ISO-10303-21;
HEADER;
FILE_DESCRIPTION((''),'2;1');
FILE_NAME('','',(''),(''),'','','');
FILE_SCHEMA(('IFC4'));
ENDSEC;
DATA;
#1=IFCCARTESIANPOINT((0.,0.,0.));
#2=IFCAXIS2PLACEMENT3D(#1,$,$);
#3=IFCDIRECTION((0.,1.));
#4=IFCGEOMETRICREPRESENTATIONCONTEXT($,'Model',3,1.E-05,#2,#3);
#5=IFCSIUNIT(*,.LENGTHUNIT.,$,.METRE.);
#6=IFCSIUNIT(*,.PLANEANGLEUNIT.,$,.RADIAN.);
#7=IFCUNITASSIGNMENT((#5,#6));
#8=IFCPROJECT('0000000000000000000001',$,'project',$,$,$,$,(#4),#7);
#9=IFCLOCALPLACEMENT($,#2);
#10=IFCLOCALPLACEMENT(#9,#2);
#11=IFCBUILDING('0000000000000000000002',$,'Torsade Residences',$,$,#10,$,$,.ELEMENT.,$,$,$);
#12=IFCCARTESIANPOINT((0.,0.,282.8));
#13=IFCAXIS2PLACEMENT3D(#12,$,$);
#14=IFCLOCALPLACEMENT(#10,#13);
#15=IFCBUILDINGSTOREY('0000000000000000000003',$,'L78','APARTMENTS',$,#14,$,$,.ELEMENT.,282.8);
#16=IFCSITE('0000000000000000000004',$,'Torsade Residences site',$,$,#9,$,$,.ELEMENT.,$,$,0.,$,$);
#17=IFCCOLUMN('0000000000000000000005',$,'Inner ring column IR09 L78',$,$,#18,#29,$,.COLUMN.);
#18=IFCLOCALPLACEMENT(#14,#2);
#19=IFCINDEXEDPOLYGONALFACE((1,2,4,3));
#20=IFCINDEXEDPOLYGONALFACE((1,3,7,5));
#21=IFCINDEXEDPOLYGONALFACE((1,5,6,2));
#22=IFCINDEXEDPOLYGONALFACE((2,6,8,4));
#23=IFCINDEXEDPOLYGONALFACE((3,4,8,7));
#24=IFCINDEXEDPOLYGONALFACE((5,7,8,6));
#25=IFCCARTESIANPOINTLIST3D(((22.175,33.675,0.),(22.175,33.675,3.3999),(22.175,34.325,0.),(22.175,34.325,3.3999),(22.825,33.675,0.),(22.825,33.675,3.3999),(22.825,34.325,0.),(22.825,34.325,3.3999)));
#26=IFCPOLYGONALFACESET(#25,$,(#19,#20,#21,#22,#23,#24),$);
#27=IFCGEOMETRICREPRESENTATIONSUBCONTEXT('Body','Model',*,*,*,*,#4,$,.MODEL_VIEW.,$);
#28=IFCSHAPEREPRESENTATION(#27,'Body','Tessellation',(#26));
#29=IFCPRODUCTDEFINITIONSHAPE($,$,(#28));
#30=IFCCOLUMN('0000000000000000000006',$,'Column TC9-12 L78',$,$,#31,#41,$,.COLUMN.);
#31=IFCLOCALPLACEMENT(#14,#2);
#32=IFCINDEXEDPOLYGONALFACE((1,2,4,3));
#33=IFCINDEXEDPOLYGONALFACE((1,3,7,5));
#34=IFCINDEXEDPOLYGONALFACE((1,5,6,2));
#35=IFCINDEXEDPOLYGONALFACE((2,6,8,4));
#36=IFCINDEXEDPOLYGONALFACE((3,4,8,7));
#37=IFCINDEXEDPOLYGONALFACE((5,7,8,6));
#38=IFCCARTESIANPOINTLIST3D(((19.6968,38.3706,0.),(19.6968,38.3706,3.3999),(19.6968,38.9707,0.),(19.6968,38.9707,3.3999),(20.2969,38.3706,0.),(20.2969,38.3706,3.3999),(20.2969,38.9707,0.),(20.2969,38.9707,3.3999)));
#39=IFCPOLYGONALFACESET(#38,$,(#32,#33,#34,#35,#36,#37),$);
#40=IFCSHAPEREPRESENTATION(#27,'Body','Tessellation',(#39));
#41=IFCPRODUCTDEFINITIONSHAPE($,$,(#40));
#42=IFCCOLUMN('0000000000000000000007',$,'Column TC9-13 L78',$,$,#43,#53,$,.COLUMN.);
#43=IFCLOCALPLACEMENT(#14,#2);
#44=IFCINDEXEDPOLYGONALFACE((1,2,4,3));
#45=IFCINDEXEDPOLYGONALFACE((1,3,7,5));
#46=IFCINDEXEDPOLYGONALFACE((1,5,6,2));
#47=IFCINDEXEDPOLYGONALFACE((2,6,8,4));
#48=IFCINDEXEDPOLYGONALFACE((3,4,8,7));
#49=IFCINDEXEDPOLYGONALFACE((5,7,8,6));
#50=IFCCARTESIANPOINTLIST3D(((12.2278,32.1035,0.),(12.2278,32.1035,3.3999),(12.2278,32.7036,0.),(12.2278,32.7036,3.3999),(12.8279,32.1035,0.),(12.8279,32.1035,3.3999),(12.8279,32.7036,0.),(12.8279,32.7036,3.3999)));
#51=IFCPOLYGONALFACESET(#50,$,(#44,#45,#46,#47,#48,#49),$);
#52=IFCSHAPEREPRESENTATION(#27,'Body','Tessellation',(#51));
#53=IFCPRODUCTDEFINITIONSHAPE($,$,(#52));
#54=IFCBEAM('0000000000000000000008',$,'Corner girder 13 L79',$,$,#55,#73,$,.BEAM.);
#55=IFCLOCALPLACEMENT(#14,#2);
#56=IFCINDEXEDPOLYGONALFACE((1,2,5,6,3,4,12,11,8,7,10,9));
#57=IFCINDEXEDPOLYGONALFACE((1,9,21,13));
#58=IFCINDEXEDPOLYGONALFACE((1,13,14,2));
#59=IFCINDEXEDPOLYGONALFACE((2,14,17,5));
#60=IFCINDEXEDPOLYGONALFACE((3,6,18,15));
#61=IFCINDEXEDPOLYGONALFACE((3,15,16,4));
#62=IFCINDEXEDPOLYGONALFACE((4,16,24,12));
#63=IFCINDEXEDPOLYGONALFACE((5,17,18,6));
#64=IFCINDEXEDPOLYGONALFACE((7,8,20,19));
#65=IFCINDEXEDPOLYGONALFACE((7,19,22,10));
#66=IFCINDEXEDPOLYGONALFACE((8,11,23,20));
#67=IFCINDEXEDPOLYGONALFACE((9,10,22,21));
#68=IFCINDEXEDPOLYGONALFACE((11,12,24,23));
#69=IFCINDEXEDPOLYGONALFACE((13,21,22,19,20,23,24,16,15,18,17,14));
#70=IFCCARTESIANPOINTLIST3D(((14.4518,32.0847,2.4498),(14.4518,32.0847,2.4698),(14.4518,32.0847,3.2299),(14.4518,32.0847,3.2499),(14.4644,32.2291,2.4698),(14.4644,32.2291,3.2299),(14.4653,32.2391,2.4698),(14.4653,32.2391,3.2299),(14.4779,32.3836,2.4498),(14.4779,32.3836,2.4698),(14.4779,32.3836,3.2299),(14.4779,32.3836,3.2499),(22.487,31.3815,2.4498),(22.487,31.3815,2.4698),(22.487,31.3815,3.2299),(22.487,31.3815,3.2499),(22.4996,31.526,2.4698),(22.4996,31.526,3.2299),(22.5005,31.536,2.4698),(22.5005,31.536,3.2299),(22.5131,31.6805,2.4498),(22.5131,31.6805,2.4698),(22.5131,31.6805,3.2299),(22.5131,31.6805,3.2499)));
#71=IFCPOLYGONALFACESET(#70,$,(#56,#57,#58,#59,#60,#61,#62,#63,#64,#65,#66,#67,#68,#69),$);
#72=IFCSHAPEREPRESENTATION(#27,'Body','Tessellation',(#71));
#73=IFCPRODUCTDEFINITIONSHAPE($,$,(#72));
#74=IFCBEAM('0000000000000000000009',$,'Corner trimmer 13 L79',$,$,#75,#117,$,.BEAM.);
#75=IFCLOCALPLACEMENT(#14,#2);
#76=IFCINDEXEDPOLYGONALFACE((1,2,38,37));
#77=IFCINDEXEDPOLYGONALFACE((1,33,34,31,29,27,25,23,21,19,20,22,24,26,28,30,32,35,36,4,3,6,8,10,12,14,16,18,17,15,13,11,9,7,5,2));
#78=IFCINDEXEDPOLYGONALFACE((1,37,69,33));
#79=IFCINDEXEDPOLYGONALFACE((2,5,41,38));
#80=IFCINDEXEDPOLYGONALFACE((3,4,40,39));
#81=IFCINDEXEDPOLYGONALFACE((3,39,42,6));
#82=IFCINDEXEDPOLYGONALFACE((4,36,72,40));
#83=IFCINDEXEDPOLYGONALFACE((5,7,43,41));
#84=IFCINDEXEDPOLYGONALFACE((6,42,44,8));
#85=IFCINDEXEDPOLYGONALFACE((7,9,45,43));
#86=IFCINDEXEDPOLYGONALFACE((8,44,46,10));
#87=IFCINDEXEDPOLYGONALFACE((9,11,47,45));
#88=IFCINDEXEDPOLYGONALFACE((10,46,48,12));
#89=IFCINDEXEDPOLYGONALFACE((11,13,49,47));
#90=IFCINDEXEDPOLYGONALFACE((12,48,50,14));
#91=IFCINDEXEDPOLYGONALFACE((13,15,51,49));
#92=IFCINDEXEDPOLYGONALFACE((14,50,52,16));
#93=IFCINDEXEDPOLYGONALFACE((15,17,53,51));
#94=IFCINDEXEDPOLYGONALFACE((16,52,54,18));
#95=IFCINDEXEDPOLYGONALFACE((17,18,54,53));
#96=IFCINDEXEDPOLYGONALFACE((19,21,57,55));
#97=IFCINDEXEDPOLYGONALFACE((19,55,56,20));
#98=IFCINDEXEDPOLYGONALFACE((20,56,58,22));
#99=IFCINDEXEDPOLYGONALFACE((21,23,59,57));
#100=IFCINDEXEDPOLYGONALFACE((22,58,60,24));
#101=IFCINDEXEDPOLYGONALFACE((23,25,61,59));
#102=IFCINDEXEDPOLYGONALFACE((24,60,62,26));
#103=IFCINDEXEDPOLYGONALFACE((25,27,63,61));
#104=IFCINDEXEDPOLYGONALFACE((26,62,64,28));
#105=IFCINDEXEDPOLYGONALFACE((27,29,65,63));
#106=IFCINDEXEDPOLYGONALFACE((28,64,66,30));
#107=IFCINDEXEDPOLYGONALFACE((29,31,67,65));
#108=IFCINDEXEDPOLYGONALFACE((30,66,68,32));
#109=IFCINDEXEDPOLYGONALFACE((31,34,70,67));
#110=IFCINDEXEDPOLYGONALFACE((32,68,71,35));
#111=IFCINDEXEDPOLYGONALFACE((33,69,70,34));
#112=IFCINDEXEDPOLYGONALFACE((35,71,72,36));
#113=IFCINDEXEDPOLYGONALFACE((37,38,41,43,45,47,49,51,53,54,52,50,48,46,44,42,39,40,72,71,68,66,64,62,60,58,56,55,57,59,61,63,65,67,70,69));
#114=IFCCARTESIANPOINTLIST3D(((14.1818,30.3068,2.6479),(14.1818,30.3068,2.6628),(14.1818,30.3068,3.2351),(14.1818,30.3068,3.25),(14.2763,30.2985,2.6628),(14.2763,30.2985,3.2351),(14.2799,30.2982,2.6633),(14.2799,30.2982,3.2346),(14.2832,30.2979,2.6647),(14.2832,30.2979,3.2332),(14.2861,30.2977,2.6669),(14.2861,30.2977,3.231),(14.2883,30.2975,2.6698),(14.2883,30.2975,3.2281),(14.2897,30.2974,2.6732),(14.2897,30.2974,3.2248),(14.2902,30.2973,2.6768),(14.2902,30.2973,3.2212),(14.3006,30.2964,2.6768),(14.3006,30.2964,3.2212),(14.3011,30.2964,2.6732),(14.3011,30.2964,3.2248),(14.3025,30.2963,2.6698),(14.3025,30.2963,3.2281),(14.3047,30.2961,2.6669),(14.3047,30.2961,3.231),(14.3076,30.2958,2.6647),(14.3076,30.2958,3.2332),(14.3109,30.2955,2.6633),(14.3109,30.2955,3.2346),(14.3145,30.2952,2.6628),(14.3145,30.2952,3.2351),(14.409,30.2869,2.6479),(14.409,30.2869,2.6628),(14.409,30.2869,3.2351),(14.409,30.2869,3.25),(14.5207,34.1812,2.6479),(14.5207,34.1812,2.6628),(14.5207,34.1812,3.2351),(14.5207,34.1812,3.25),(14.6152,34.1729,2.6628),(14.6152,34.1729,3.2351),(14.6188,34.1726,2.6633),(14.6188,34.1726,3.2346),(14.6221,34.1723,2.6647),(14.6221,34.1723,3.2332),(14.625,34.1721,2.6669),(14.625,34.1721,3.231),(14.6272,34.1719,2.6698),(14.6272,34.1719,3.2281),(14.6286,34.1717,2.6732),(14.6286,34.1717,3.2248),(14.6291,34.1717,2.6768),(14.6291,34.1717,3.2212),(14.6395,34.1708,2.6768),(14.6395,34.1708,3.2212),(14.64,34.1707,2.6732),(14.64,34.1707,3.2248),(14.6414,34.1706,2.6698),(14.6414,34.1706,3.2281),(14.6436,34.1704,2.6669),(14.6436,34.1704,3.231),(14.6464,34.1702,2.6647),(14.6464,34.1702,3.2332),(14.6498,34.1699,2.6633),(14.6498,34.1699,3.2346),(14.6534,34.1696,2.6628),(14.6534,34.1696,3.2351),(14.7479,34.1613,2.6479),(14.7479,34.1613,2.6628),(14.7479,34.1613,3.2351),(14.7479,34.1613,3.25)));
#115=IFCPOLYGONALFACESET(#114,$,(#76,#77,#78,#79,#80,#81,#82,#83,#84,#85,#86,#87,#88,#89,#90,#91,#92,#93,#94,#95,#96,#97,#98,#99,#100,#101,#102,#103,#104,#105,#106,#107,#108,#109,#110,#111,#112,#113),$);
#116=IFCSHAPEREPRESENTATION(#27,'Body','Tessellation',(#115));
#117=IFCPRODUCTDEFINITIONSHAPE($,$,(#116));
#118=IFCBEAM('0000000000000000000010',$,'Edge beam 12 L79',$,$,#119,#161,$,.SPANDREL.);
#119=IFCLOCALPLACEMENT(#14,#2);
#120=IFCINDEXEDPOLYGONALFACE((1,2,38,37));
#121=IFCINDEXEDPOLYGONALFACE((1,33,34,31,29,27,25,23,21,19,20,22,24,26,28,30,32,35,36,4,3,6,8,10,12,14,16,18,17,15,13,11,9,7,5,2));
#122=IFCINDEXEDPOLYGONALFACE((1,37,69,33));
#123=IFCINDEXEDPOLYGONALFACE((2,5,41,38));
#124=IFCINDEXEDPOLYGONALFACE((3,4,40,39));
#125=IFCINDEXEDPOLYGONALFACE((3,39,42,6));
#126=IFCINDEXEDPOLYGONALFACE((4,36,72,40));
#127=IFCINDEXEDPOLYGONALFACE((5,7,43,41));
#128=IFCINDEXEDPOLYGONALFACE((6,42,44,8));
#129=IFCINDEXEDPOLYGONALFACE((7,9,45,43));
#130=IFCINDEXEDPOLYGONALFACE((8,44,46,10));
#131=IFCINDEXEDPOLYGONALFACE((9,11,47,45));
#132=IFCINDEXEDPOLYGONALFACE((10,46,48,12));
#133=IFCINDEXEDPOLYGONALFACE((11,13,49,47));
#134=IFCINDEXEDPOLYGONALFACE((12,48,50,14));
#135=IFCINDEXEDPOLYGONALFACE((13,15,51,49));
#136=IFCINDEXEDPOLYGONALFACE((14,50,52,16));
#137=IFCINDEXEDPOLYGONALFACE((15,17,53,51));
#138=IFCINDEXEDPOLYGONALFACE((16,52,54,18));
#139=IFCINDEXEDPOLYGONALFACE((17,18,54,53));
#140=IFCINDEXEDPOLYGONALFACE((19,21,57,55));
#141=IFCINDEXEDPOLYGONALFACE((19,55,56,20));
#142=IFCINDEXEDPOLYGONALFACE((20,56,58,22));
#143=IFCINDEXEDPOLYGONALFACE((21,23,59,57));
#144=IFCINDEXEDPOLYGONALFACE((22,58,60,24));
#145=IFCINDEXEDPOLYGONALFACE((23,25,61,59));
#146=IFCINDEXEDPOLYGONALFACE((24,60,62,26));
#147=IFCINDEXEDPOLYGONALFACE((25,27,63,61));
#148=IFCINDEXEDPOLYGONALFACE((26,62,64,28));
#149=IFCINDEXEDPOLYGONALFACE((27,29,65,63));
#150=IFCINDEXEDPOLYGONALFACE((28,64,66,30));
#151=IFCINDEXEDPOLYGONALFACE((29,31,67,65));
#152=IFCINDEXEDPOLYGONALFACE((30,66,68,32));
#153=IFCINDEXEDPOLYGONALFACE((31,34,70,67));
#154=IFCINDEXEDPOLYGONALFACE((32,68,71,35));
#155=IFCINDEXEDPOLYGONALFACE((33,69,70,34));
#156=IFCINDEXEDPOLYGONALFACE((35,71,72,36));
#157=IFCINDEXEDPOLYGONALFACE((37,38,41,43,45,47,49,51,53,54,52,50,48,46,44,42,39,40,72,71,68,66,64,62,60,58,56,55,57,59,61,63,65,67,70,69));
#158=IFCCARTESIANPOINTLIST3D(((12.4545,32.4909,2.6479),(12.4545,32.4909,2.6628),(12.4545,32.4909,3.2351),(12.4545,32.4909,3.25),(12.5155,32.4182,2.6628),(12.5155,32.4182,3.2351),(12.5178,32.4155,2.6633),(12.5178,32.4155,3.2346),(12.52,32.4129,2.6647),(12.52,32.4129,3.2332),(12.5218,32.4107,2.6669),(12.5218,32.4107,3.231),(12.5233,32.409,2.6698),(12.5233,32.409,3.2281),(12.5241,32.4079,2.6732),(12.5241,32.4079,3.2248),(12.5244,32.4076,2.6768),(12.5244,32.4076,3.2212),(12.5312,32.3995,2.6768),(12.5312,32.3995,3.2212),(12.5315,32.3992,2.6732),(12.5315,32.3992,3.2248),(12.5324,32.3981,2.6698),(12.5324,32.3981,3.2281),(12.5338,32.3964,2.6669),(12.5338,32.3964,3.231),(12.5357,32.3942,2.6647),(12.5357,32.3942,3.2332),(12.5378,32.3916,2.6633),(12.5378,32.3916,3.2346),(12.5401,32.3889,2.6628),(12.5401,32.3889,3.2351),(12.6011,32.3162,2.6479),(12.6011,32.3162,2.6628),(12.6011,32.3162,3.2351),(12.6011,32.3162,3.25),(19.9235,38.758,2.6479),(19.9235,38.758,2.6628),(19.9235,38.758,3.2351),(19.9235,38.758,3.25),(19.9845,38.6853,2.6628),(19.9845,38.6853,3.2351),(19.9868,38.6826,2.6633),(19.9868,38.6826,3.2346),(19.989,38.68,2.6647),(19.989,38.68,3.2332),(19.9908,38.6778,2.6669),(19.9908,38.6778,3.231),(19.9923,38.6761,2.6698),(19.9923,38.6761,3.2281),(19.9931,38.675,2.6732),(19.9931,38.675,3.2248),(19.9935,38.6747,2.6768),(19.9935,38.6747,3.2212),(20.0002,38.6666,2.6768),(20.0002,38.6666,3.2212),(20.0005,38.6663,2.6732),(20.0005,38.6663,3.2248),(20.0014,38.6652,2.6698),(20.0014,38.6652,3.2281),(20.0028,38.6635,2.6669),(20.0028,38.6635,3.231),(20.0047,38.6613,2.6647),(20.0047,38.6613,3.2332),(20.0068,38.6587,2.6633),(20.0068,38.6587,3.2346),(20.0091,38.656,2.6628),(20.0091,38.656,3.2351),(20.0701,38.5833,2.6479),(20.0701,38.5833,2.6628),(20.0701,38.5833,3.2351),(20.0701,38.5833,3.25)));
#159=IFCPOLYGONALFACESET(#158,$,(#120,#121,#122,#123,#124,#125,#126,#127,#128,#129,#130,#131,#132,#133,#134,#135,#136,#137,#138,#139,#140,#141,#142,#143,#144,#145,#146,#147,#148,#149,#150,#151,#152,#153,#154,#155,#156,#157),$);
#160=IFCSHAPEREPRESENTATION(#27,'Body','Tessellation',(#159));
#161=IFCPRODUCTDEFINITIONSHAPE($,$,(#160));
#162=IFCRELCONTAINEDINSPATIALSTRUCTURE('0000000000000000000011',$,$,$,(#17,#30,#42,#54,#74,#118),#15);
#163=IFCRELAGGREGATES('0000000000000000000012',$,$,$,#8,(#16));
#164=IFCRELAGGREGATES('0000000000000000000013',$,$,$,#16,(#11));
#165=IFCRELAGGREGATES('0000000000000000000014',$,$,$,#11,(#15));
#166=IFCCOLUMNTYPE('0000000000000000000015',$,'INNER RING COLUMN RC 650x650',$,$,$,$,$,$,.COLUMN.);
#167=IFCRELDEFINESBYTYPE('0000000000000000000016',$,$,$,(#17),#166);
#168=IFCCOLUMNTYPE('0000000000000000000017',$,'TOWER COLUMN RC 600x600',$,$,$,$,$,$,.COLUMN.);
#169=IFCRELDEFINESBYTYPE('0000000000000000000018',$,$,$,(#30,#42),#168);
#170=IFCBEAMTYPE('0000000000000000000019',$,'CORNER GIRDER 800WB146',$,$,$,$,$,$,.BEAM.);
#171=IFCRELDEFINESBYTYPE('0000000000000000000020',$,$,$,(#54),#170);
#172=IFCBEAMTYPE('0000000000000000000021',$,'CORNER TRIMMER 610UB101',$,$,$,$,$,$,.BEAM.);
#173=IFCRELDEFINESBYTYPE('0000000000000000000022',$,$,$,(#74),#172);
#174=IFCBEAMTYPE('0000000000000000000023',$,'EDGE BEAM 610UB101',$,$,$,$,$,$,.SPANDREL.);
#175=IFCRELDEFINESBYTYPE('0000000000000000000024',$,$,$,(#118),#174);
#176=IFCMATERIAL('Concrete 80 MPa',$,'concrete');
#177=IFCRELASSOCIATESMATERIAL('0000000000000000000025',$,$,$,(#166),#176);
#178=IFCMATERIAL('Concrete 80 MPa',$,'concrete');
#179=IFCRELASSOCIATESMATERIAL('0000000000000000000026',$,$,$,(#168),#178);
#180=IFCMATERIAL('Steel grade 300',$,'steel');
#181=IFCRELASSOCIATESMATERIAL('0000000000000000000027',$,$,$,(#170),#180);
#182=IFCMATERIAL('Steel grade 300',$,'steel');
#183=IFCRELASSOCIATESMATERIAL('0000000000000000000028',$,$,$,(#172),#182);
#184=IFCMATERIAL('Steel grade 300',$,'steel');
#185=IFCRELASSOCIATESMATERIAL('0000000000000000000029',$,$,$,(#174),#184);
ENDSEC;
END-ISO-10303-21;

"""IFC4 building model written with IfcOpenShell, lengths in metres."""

from ifc_helpers import new_model, si_unit, direction, frame, origin, origin_2d, place, context, subcontext, project, spatial, rectangle, i_section, extrude, material, material_profile, profile_set, type_object, element, save


model = new_model("IFC4")

# Units and contexts
model_context = context("Model", 3, precision=1e-05, world=origin(), true_north=direction((0.0, 1.0)))
body_context = subcontext(model_context, "Body", "Model", "MODEL_VIEW")
ifc_project = project(units=[si_unit("LENGTHUNIT", "METRE"), si_unit("PLANEANGLEUNIT", "RADIAN")], contexts=[model_context])

# Site, building, storey
site_placement = place(None, origin())
site = spatial("IfcSite", under=ifc_project, at=site_placement, Name="Torsade Residences site", CompositionType="ELEMENT", RefElevation=0.0)
building_placement = place(site_placement, origin())
building = spatial("IfcBuilding", under=site, at=building_placement, Name="Torsade Residences", CompositionType="ELEMENT")
storey_placement = place(building_placement, frame((0.0, 0.0, 282.8)))
storey = spatial("IfcBuildingStorey", under=building, at=storey_placement, Name="L78", Description="APARTMENTS", CompositionType="ELEMENT", Elevation=282.8)

# Columns
ifc_material_1 = material(Name="Concrete 80 MPa", Category="concrete")
ifc_material_profile_1 = material_profile(ifc_material_1, rectangle(XDim=0.6499, YDim=0.6499, at=origin_2d()), Name="RC 650x650")
ifc_profile_set_1 = profile_set([ifc_material_profile_1], Name="Concrete 80 MPa")
column_type_1 = type_object("IfcColumnType", Name="INNER RING COLUMN RC 650x650", PredefinedType="COLUMN", material=ifc_profile_set_1)
column_placement = place(storey_placement, frame((22.5, 34.0, 0.0), z_axis=(0.0, 0.0, 1.0), x_axis=(1.0, 0.0, 0.0)))
element("IfcColumn", 1, at=column_placement, inside=storey, type_object=column_type_1, Name="Inner ring column IR09 L78", PredefinedType="COLUMN", context=body_context, shape_type="SweptSolid", body=[
    extrude(rectangle(XDim=0.6499, YDim=0.6499, at=origin_2d()), origin(), (0.0, 0.0, 1.0), 3.3999),
])
ifc_material_2 = material(Name="Concrete 80 MPa", Category="concrete")
ifc_material_profile_2 = material_profile(ifc_material_2, rectangle(XDim=0.6001, YDim=0.6001, at=origin_2d()), Name="RC 600x600")
ifc_profile_set_2 = profile_set([ifc_material_profile_2], Name="Concrete 80 MPa")
column_type_2 = type_object("IfcColumnType", Name="TOWER COLUMN RC 600x600", PredefinedType="COLUMN", material=ifc_profile_set_2)
for number, where, z_axis, x_axis, name in (
    (2, (19.9968, 38.6707, 0.0), (0.0, 0.0, 1.0), (1.0, 0.0, 0.0), "Column TC9-12 L78"),
    (3, (12.5278, 32.4036, 0.0), (0.0, 0.0, 1.0), (1.0, 0.0, 0.0), "Column TC9-13 L78"),
):
    element("IfcColumn", number, at=place(storey_placement, frame(where, z_axis=z_axis, x_axis=x_axis)), inside=storey, type_object=column_type_2, Name=name, PredefinedType="COLUMN", context=body_context, shape_type="SweptSolid", body=[
        extrude(rectangle(XDim=0.6001, YDim=0.6001, at=origin_2d()), origin(), (0.0, 0.0, 1.0), 3.3999),
    ])

# Beams
ifc_material_3 = material(Name="Steel grade 300", Category="steel")
ifc_material_profile_3 = material_profile(ifc_material_3, i_section(OverallWidth=0.3, OverallDepth=0.8, WebThickness=0.01, FlangeThickness=0.02, at=origin_2d()), Name="800WB146")
ifc_profile_set_3 = profile_set([ifc_material_profile_3], Name="Steel grade 300")
beam_type_1 = type_object("IfcBeamType", Name="CORNER GIRDER 800WB146", PredefinedType="BEAM", material=ifc_profile_set_3)
beam_1_placement = place(storey_placement, frame((14.4648, 32.2341, 2.8499), z_axis=(0.996193, -0.087173, 0.0), x_axis=(0.087173, 0.996193, 0.0)))
element("IfcBeam", 4, at=beam_1_placement, inside=storey, type_object=beam_type_1, Name="Corner girder 13 L79", PredefinedType="BEAM", context=body_context, shape_type="SweptSolid", body=[
    extrude(i_section(OverallWidth=0.3, OverallDepth=0.8, WebThickness=0.01, FlangeThickness=0.02, at=origin_2d()), origin(), (0.0, 0.0, 1.0), 8.0659),
])
ifc_material_4 = material(Name="Steel grade 300", Category="steel")
ifc_material_profile_4 = material_profile(ifc_material_4, i_section(OverallWidth=0.228, OverallDepth=0.6021, WebThickness=0.0105, FlangeThickness=0.0149, FilletRadius=0.0139, at=origin_2d()), Name="610UB101")
ifc_profile_set_4 = profile_set([ifc_material_profile_4], Name="Steel grade 300")
beam_type_2 = type_object("IfcBeamType", Name="CORNER TRIMMER 610UB101", PredefinedType="BEAM", material=ifc_profile_set_4)
beam_2_placement = place(storey_placement, frame((14.2954, 30.2969, 2.949), z_axis=(0.087133, 0.996197, 0.0), x_axis=(-0.996197, 0.087133, 0.0)))
element("IfcBeam", 5, at=beam_2_placement, inside=storey, type_object=beam_type_2, Name="Corner trimmer 13 L79", PredefinedType="BEAM", context=body_context, shape_type="SweptSolid", body=[
    extrude(i_section(OverallWidth=0.228, OverallDepth=0.6021, WebThickness=0.0105, FlangeThickness=0.0149, FilletRadius=0.0139, at=origin_2d()), origin(), (0.0, 0.0, 1.0), 3.8892),
])
ifc_material_5 = material(Name="Steel grade 300", Category="steel")
ifc_material_profile_5 = material_profile(ifc_material_5, i_section(OverallWidth=0.228, OverallDepth=0.6021, WebThickness=0.0105, FlangeThickness=0.0149, FilletRadius=0.0139, at=origin_2d()), Name="610UB101")
ifc_profile_set_5 = profile_set([ifc_material_profile_5], Name="Steel grade 300")
beam_type_3 = type_object("IfcBeamType", Name="EDGE BEAM 610UB101", PredefinedType="SPANDREL", material=ifc_profile_set_5)
for number, where, z_axis, x_axis, name in (
    (6, (19.9968, 38.6707, 2.949), (-0.766052, -0.642779, 0.0), (0.642779, -0.766052, 0.0), "Edge beam 12 L79"),
):
    element("IfcBeam", number, at=place(storey_placement, frame(where, z_axis=z_axis, x_axis=x_axis)), inside=storey, type_object=beam_type_3, Name=name, PredefinedType="SPANDREL", context=body_context, shape_type="SweptSolid", body=[
        extrude(i_section(OverallWidth=0.228, OverallDepth=0.6021, WebThickness=0.0105, FlangeThickness=0.0149, FilletRadius=0.0139, at=origin_2d()), origin(), (0.0, 0.0, 1.0), 9.75),
    ])

save(model, "model.ifc")
